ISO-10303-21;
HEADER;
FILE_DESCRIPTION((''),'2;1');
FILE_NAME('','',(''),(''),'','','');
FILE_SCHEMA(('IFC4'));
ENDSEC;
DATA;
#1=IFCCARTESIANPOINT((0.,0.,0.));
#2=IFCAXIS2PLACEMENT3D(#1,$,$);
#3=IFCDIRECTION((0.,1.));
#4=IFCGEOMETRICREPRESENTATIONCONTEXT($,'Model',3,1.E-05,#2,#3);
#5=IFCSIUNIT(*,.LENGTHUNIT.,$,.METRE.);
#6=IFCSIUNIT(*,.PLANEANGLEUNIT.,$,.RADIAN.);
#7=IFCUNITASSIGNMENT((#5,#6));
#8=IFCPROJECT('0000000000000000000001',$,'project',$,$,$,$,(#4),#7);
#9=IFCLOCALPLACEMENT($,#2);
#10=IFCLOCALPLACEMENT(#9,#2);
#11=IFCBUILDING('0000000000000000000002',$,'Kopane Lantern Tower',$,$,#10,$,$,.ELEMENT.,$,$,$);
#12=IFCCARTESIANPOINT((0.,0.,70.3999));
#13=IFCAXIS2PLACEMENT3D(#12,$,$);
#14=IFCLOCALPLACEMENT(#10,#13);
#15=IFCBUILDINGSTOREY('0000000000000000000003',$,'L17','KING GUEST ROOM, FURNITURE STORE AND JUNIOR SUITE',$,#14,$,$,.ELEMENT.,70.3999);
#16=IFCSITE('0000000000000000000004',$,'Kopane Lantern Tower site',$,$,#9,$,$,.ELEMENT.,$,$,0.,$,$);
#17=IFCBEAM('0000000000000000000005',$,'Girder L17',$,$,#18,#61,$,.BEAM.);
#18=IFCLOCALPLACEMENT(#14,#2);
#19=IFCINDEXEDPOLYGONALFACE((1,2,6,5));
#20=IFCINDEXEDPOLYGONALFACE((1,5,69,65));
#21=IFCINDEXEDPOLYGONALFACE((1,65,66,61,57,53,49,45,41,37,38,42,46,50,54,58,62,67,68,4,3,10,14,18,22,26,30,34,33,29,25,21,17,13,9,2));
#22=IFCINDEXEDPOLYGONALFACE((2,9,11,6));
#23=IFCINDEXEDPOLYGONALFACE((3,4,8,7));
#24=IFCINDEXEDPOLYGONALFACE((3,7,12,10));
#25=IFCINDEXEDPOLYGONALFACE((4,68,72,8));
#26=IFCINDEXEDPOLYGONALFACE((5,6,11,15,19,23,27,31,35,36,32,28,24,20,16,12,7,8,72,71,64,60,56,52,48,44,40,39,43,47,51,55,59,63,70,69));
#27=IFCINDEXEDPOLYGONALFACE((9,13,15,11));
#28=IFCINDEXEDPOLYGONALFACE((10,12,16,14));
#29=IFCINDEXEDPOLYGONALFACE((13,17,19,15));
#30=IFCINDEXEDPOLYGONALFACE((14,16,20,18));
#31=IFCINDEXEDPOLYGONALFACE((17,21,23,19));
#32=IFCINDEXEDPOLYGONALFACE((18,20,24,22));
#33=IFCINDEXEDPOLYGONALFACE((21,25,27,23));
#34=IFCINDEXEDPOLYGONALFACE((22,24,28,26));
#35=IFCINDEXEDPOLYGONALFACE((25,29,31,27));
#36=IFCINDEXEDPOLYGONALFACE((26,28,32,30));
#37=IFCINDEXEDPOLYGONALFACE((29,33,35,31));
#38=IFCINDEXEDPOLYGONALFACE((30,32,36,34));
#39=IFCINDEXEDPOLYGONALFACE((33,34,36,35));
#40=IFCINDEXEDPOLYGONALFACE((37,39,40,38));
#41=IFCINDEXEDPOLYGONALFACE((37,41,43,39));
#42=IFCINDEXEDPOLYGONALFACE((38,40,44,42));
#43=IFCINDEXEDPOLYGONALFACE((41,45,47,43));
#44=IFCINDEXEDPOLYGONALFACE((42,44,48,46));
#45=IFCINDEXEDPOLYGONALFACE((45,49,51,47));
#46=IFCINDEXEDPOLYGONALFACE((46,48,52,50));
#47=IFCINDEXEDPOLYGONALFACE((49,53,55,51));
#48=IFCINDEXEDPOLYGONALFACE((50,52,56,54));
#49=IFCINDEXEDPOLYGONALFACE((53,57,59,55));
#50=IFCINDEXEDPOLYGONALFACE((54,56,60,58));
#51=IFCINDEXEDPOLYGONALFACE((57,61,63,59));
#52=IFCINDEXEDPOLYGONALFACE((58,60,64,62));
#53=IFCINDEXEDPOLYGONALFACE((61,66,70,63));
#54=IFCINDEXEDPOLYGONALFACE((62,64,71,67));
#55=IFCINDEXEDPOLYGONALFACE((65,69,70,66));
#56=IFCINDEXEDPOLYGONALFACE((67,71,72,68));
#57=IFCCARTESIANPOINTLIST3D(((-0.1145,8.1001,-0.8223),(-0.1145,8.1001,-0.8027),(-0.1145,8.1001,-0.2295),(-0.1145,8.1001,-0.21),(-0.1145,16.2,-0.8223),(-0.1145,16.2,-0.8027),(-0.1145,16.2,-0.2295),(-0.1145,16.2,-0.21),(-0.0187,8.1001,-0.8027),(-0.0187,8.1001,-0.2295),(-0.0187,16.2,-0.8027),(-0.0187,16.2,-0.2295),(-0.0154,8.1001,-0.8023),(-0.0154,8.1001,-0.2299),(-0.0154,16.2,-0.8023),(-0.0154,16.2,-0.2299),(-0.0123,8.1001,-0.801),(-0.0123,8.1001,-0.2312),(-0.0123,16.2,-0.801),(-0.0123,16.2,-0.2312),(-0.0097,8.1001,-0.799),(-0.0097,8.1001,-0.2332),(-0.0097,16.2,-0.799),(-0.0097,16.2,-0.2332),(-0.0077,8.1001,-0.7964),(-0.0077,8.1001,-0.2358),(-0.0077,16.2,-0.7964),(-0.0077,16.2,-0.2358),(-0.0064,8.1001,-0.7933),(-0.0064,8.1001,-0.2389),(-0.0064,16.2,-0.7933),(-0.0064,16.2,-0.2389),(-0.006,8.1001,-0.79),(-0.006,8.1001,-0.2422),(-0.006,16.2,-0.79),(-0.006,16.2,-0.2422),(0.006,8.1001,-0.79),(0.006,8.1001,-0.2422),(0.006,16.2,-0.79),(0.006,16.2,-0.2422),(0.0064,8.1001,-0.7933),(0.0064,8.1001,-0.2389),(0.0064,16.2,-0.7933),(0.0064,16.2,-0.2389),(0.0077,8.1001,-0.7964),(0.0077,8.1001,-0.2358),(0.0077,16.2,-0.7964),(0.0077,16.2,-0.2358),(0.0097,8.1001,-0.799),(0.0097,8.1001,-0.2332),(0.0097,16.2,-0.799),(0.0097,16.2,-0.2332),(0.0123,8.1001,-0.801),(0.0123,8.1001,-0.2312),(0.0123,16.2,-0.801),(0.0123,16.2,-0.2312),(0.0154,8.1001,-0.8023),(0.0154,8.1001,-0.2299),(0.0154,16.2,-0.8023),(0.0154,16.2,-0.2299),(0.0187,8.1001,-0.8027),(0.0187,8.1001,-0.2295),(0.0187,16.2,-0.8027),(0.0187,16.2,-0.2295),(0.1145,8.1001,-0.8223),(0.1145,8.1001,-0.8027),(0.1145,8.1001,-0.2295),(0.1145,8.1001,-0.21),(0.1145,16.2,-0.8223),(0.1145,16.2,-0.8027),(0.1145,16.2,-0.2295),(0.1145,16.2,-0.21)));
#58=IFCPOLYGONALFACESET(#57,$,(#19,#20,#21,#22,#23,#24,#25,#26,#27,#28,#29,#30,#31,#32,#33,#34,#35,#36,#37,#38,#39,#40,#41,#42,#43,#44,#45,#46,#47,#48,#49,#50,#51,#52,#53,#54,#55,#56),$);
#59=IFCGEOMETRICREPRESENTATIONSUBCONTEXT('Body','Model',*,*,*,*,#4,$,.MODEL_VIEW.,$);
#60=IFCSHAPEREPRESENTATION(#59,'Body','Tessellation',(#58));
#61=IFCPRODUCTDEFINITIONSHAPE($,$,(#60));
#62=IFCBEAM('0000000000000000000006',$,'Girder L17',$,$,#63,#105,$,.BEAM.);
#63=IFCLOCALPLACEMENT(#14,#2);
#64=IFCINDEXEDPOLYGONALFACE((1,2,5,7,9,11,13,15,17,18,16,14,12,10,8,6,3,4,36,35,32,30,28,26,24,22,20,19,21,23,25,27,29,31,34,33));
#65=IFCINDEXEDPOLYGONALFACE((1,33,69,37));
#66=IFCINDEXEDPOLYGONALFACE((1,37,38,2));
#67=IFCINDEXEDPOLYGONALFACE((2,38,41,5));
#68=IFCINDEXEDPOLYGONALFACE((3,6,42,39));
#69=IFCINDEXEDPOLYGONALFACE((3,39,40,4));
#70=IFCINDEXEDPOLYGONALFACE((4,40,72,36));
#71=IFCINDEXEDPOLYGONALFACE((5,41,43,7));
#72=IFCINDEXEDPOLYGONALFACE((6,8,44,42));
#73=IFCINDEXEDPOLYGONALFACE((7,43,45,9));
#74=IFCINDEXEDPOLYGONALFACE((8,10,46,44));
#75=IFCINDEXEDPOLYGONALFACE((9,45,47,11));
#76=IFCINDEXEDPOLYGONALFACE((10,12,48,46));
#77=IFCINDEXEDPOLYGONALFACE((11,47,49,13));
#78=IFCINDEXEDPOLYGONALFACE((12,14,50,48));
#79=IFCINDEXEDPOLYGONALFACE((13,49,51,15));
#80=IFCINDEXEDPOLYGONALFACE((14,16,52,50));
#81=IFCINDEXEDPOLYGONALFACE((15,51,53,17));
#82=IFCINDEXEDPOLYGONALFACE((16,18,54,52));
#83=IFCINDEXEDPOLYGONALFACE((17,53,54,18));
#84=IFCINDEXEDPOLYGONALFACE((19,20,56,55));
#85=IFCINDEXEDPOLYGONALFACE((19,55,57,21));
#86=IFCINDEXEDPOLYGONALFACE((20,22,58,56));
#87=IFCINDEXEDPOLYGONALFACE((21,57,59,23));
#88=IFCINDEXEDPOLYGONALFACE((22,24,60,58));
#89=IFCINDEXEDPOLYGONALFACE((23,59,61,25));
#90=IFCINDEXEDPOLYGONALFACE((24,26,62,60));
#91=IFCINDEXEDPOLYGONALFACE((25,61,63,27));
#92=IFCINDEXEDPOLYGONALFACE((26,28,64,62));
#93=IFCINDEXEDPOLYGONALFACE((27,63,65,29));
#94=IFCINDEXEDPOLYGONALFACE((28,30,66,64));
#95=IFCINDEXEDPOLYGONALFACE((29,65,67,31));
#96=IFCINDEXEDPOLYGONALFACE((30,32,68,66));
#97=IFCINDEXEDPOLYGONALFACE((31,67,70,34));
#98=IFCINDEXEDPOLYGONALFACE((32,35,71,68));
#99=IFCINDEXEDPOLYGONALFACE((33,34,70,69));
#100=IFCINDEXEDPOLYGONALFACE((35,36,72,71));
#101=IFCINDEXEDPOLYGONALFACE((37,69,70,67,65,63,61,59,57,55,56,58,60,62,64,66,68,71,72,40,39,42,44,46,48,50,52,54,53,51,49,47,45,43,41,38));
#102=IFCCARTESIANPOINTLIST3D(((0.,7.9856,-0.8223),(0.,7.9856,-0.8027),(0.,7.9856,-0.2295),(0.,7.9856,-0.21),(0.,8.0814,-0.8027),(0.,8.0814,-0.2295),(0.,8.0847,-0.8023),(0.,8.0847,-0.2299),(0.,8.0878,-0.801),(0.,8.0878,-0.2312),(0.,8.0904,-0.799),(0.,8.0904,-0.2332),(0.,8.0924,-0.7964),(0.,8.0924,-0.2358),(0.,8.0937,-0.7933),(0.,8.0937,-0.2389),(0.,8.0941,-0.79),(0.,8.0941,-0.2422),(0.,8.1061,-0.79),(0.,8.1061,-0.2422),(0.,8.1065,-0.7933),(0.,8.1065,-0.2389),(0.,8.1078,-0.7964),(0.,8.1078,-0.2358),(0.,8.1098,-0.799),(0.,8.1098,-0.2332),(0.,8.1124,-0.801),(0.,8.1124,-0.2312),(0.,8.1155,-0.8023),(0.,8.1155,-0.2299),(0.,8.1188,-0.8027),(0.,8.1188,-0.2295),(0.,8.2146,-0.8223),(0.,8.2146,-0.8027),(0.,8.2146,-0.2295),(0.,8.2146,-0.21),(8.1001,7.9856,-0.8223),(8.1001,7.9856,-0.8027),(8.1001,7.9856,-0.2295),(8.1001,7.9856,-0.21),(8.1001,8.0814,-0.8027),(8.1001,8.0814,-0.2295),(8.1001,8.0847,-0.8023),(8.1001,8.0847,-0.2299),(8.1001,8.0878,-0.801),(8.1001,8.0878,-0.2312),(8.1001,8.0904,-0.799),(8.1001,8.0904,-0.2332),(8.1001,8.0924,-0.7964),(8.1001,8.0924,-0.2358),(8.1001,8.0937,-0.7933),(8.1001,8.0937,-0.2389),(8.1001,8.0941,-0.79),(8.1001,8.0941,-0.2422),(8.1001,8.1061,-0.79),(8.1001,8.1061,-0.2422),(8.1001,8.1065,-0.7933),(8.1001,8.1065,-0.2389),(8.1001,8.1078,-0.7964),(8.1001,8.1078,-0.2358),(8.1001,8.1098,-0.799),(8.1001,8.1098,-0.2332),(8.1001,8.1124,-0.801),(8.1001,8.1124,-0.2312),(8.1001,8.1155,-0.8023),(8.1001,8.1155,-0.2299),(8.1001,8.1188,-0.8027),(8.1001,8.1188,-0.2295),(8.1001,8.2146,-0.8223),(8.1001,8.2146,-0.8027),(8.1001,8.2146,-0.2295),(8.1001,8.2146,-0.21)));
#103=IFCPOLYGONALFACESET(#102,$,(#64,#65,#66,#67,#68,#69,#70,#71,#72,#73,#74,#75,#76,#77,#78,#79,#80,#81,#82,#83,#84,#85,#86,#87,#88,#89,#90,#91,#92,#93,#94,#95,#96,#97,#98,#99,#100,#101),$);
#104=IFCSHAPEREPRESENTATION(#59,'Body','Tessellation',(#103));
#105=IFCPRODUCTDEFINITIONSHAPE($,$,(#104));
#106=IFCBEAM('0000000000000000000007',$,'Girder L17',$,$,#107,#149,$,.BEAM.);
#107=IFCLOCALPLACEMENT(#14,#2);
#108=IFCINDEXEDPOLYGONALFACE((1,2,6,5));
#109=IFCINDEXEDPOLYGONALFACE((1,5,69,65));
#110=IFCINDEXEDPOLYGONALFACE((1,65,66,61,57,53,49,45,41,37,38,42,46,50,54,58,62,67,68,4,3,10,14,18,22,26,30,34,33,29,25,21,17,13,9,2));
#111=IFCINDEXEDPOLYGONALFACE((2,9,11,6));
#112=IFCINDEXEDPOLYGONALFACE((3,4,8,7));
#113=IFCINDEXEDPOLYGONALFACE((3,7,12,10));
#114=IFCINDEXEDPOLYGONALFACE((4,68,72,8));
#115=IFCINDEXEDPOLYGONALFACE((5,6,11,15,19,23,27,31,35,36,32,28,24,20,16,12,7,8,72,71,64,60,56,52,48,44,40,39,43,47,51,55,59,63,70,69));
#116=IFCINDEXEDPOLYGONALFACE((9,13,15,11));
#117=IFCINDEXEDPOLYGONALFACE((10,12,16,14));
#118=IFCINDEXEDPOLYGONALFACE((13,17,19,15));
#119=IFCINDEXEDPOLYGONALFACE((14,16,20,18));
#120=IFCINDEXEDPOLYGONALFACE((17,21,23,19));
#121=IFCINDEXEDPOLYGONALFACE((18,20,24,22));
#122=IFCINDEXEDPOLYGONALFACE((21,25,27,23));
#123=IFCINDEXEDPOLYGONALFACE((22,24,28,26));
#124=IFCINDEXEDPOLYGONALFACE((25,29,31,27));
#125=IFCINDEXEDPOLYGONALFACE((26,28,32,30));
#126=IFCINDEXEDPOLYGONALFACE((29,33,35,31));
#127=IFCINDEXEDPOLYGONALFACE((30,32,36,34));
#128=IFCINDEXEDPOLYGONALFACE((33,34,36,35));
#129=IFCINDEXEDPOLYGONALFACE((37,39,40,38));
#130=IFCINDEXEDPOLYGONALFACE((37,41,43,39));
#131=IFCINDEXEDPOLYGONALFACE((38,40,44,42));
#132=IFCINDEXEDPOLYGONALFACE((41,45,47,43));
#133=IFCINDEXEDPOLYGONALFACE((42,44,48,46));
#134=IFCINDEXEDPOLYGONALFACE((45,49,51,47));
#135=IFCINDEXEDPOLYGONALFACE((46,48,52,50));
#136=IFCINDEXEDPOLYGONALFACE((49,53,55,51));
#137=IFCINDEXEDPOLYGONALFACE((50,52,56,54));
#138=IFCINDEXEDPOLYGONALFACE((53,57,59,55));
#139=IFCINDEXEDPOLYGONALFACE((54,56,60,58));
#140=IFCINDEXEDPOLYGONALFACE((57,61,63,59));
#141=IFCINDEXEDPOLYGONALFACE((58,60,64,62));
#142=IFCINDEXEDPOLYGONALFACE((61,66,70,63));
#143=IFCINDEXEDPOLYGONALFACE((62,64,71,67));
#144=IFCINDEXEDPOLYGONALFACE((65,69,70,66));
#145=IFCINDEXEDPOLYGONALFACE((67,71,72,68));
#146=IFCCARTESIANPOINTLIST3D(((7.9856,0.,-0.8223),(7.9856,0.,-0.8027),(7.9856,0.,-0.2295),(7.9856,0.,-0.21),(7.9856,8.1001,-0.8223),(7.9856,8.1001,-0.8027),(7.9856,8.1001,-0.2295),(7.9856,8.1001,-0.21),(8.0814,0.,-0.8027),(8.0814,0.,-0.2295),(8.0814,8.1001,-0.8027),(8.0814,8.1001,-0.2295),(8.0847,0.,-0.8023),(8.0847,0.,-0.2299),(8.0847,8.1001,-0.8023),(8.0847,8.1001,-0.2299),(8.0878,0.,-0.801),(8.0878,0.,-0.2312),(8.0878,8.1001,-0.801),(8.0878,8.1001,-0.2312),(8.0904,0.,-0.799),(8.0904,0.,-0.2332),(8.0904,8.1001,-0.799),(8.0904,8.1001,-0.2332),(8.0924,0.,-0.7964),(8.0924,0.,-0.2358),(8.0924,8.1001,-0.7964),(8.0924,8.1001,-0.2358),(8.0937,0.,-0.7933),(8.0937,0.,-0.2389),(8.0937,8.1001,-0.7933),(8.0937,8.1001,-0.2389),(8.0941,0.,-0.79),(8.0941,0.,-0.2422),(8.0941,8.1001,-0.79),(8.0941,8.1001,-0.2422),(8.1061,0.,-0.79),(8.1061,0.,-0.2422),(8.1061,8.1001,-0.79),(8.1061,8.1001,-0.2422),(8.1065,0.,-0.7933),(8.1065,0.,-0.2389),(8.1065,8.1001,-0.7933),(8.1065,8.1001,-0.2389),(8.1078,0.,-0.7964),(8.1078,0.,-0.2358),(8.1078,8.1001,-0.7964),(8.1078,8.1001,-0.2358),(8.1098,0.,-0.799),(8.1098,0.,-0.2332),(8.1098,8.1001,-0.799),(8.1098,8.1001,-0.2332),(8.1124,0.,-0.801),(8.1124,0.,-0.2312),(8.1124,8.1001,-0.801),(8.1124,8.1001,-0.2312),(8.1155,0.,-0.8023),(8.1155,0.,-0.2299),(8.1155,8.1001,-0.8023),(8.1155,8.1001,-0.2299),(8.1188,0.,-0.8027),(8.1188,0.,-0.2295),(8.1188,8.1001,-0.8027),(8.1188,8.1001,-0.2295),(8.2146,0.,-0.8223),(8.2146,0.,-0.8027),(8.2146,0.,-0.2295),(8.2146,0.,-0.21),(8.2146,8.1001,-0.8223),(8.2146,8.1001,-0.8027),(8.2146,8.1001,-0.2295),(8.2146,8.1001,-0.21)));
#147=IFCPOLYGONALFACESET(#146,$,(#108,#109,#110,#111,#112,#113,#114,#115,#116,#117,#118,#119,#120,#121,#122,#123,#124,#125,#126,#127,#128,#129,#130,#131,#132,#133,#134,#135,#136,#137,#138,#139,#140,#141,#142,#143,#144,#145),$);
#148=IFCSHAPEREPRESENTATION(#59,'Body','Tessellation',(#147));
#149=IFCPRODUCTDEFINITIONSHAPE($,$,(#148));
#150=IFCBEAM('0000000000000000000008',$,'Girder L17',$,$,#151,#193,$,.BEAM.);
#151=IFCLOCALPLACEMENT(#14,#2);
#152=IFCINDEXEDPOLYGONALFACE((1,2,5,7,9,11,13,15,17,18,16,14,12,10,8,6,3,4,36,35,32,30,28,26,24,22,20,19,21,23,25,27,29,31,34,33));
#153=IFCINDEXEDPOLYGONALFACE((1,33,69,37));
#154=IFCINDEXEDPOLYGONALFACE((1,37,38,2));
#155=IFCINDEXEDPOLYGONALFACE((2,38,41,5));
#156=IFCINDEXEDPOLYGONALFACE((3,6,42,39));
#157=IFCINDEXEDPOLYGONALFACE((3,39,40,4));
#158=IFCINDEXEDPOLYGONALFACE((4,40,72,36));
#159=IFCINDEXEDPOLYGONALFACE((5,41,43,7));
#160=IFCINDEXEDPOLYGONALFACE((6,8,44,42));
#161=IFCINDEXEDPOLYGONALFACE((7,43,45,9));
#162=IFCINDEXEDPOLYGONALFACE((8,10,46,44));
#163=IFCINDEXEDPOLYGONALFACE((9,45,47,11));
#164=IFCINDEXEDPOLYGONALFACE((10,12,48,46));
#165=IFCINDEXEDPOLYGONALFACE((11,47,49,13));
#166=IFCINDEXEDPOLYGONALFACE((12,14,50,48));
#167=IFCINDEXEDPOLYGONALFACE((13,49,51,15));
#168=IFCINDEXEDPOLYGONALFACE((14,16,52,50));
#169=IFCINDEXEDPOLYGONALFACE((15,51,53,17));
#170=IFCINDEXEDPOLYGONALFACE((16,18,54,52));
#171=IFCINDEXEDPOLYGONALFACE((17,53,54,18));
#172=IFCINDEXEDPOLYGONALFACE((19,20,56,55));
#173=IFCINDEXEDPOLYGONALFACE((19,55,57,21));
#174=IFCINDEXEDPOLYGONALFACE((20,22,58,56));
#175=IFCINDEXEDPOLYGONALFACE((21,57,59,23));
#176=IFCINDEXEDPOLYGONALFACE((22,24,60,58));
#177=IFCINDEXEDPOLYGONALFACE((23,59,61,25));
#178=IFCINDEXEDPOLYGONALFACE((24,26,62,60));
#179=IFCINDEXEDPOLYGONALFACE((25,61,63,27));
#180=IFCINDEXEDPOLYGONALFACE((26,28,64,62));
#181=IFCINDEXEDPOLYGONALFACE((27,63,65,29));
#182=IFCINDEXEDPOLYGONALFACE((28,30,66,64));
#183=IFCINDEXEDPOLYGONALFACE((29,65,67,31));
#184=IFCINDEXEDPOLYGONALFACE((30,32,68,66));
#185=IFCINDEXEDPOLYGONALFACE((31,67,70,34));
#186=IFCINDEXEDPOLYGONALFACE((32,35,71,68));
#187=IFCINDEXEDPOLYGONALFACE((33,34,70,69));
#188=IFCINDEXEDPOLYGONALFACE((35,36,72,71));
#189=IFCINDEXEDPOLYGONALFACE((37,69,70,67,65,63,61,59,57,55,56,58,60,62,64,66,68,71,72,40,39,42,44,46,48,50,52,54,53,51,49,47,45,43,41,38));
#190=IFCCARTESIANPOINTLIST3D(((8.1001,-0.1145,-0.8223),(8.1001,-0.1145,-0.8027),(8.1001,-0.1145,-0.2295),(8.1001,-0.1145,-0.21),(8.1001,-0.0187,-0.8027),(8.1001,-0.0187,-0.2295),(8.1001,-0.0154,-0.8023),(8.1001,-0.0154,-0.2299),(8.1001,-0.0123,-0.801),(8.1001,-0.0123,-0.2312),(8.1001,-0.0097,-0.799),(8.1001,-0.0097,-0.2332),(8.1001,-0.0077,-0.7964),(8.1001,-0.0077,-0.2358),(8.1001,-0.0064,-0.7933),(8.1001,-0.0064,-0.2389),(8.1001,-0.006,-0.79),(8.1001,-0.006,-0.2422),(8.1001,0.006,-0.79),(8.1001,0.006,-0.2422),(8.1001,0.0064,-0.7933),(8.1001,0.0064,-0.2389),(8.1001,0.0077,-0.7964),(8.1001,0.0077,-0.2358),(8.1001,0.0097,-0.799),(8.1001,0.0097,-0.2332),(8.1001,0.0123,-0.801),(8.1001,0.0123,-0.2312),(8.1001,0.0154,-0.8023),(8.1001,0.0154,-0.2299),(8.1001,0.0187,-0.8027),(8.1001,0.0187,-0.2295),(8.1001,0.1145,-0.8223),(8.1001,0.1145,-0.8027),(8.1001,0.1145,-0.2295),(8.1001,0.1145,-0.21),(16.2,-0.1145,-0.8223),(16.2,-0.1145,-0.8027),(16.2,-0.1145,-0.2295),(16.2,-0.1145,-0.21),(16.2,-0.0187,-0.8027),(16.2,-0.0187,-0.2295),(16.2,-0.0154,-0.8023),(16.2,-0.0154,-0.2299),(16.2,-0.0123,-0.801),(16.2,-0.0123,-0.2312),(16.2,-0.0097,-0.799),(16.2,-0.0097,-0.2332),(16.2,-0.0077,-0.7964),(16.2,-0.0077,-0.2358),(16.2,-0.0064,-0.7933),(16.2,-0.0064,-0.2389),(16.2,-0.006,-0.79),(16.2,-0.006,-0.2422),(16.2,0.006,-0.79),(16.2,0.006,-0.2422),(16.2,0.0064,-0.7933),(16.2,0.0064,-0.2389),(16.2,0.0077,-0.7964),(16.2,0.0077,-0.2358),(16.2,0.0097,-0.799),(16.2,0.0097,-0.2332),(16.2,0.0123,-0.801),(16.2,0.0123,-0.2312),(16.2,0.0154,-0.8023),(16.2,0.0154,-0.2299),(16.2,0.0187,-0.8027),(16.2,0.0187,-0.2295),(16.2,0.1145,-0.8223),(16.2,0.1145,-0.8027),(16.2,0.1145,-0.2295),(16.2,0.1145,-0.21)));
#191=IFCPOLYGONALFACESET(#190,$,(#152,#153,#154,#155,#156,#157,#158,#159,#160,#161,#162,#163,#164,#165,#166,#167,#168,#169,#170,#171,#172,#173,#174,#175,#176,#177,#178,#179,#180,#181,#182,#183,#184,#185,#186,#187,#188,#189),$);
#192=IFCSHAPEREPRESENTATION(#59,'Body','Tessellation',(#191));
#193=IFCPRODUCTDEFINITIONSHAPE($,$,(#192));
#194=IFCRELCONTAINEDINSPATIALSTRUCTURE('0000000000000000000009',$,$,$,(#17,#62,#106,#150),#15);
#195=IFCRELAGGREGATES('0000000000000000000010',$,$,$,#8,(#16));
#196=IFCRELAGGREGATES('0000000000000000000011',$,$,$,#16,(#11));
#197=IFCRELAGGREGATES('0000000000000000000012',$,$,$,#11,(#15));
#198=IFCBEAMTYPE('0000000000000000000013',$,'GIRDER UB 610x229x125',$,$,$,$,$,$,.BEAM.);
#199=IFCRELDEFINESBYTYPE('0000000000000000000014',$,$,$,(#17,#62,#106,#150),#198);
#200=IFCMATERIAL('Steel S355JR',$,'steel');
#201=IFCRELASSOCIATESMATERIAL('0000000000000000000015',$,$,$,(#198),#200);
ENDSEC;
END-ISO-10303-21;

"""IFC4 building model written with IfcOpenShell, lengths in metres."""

from ifc_helpers import new_model, si_unit, direction, frame, origin, origin_2d, place, context, subcontext, project, spatial, i_section, extrude, material, material_profile, profile_set, type_object, element, save


model = new_model("IFC4")

# Units and contexts
model_context = context("Model", 3, precision=1e-05, world=origin(), true_north=direction((0.0, 1.0)))
body_context = subcontext(model_context, "Body", "Model", "MODEL_VIEW")
ifc_project = project(units=[si_unit("LENGTHUNIT", "METRE"), si_unit("PLANEANGLEUNIT", "RADIAN")], contexts=[model_context])

# Site, building, storey
site_placement = place(None, origin())
site = spatial("IfcSite", under=ifc_project, at=site_placement, Name="Kopane Lantern Tower site", CompositionType="ELEMENT", RefElevation=0.0)
building_placement = place(site_placement, origin())
building = spatial("IfcBuilding", under=site, at=building_placement, Name="Kopane Lantern Tower", CompositionType="ELEMENT")
storey_placement = place(building_placement, frame((0.0, 0.0, 70.3999)))
storey = spatial("IfcBuildingStorey", under=building, at=storey_placement, Name="L17", Description="KING GUEST ROOM, FURNITURE STORE AND JUNIOR SUITE", CompositionType="ELEMENT", Elevation=70.3999)

# Beams
ifc_material_1 = material(Name="Steel S355JR", Category="steel")
ifc_material_profile_1 = material_profile(ifc_material_1, i_section(OverallWidth=0.229, OverallDepth=0.6123, WebThickness=0.012, FlangeThickness=0.0195, FilletRadius=0.0127, at=origin_2d()), Name="UB 610x229x125")
ifc_profile_set_1 = profile_set([ifc_material_profile_1], Name="Steel S355JR")
beam_type_1 = type_object("IfcBeamType", Name="GIRDER UB 610x229x125", PredefinedType="BEAM", material=ifc_profile_set_1)
beam_1_placement = place(storey_placement, frame((0.0, 8.1001, -0.5161), z_axis=(0.0, 1.0, 0.0), x_axis=(-1.0, 0.0, 0.0)))
element("IfcBeam", 1, at=beam_1_placement, inside=storey, type_object=beam_type_1, Name="Girder L17", PredefinedType="BEAM", context=body_context, shape_type="SweptSolid", body=[
    extrude(i_section(OverallWidth=0.229, OverallDepth=0.6123, WebThickness=0.012, FlangeThickness=0.0195, FilletRadius=0.0127, at=origin_2d()), origin(), (0.0, 0.0, 1.0), 8.0999),
])
for number, where, z_axis, x_axis, name in (
    (2, (0.0, 8.1001, -0.5161), (1.0, 0.0, 0.0), (0.0, 1.0, 0.0), "Girder L17"),
    (3, (8.1001, 0.0, -0.5161), (0.0, 1.0, 0.0), (-1.0, 0.0, 0.0), "Girder L17"),
):
    element("IfcBeam", number, at=place(storey_placement, frame(where, z_axis=z_axis, x_axis=x_axis)), inside=storey, type_object=beam_type_1, Name=name, PredefinedType="BEAM", context=body_context, shape_type="SweptSolid", body=[
        extrude(i_section(OverallWidth=0.229, OverallDepth=0.6123, WebThickness=0.012, FlangeThickness=0.0195, FilletRadius=0.0127, at=origin_2d()), origin(), (0.0, 0.0, 1.0), 8.1001),
    ])
for number, where, z_axis, x_axis, name in (
    (4, (8.1001, 0.0, -0.5161), (1.0, 0.0, 0.0), (0.0, 1.0, 0.0), "Girder L17"),
):
    element("IfcBeam", number, at=place(storey_placement, frame(where, z_axis=z_axis, x_axis=x_axis)), inside=storey, type_object=beam_type_1, Name=name, PredefinedType="BEAM", context=body_context, shape_type="SweptSolid", body=[
        extrude(i_section(OverallWidth=0.229, OverallDepth=0.6123, WebThickness=0.012, FlangeThickness=0.0195, FilletRadius=0.0127, at=origin_2d()), origin(), (0.0, 0.0, 1.0), 8.0999),
    ])

save(model, "model.ifc")
